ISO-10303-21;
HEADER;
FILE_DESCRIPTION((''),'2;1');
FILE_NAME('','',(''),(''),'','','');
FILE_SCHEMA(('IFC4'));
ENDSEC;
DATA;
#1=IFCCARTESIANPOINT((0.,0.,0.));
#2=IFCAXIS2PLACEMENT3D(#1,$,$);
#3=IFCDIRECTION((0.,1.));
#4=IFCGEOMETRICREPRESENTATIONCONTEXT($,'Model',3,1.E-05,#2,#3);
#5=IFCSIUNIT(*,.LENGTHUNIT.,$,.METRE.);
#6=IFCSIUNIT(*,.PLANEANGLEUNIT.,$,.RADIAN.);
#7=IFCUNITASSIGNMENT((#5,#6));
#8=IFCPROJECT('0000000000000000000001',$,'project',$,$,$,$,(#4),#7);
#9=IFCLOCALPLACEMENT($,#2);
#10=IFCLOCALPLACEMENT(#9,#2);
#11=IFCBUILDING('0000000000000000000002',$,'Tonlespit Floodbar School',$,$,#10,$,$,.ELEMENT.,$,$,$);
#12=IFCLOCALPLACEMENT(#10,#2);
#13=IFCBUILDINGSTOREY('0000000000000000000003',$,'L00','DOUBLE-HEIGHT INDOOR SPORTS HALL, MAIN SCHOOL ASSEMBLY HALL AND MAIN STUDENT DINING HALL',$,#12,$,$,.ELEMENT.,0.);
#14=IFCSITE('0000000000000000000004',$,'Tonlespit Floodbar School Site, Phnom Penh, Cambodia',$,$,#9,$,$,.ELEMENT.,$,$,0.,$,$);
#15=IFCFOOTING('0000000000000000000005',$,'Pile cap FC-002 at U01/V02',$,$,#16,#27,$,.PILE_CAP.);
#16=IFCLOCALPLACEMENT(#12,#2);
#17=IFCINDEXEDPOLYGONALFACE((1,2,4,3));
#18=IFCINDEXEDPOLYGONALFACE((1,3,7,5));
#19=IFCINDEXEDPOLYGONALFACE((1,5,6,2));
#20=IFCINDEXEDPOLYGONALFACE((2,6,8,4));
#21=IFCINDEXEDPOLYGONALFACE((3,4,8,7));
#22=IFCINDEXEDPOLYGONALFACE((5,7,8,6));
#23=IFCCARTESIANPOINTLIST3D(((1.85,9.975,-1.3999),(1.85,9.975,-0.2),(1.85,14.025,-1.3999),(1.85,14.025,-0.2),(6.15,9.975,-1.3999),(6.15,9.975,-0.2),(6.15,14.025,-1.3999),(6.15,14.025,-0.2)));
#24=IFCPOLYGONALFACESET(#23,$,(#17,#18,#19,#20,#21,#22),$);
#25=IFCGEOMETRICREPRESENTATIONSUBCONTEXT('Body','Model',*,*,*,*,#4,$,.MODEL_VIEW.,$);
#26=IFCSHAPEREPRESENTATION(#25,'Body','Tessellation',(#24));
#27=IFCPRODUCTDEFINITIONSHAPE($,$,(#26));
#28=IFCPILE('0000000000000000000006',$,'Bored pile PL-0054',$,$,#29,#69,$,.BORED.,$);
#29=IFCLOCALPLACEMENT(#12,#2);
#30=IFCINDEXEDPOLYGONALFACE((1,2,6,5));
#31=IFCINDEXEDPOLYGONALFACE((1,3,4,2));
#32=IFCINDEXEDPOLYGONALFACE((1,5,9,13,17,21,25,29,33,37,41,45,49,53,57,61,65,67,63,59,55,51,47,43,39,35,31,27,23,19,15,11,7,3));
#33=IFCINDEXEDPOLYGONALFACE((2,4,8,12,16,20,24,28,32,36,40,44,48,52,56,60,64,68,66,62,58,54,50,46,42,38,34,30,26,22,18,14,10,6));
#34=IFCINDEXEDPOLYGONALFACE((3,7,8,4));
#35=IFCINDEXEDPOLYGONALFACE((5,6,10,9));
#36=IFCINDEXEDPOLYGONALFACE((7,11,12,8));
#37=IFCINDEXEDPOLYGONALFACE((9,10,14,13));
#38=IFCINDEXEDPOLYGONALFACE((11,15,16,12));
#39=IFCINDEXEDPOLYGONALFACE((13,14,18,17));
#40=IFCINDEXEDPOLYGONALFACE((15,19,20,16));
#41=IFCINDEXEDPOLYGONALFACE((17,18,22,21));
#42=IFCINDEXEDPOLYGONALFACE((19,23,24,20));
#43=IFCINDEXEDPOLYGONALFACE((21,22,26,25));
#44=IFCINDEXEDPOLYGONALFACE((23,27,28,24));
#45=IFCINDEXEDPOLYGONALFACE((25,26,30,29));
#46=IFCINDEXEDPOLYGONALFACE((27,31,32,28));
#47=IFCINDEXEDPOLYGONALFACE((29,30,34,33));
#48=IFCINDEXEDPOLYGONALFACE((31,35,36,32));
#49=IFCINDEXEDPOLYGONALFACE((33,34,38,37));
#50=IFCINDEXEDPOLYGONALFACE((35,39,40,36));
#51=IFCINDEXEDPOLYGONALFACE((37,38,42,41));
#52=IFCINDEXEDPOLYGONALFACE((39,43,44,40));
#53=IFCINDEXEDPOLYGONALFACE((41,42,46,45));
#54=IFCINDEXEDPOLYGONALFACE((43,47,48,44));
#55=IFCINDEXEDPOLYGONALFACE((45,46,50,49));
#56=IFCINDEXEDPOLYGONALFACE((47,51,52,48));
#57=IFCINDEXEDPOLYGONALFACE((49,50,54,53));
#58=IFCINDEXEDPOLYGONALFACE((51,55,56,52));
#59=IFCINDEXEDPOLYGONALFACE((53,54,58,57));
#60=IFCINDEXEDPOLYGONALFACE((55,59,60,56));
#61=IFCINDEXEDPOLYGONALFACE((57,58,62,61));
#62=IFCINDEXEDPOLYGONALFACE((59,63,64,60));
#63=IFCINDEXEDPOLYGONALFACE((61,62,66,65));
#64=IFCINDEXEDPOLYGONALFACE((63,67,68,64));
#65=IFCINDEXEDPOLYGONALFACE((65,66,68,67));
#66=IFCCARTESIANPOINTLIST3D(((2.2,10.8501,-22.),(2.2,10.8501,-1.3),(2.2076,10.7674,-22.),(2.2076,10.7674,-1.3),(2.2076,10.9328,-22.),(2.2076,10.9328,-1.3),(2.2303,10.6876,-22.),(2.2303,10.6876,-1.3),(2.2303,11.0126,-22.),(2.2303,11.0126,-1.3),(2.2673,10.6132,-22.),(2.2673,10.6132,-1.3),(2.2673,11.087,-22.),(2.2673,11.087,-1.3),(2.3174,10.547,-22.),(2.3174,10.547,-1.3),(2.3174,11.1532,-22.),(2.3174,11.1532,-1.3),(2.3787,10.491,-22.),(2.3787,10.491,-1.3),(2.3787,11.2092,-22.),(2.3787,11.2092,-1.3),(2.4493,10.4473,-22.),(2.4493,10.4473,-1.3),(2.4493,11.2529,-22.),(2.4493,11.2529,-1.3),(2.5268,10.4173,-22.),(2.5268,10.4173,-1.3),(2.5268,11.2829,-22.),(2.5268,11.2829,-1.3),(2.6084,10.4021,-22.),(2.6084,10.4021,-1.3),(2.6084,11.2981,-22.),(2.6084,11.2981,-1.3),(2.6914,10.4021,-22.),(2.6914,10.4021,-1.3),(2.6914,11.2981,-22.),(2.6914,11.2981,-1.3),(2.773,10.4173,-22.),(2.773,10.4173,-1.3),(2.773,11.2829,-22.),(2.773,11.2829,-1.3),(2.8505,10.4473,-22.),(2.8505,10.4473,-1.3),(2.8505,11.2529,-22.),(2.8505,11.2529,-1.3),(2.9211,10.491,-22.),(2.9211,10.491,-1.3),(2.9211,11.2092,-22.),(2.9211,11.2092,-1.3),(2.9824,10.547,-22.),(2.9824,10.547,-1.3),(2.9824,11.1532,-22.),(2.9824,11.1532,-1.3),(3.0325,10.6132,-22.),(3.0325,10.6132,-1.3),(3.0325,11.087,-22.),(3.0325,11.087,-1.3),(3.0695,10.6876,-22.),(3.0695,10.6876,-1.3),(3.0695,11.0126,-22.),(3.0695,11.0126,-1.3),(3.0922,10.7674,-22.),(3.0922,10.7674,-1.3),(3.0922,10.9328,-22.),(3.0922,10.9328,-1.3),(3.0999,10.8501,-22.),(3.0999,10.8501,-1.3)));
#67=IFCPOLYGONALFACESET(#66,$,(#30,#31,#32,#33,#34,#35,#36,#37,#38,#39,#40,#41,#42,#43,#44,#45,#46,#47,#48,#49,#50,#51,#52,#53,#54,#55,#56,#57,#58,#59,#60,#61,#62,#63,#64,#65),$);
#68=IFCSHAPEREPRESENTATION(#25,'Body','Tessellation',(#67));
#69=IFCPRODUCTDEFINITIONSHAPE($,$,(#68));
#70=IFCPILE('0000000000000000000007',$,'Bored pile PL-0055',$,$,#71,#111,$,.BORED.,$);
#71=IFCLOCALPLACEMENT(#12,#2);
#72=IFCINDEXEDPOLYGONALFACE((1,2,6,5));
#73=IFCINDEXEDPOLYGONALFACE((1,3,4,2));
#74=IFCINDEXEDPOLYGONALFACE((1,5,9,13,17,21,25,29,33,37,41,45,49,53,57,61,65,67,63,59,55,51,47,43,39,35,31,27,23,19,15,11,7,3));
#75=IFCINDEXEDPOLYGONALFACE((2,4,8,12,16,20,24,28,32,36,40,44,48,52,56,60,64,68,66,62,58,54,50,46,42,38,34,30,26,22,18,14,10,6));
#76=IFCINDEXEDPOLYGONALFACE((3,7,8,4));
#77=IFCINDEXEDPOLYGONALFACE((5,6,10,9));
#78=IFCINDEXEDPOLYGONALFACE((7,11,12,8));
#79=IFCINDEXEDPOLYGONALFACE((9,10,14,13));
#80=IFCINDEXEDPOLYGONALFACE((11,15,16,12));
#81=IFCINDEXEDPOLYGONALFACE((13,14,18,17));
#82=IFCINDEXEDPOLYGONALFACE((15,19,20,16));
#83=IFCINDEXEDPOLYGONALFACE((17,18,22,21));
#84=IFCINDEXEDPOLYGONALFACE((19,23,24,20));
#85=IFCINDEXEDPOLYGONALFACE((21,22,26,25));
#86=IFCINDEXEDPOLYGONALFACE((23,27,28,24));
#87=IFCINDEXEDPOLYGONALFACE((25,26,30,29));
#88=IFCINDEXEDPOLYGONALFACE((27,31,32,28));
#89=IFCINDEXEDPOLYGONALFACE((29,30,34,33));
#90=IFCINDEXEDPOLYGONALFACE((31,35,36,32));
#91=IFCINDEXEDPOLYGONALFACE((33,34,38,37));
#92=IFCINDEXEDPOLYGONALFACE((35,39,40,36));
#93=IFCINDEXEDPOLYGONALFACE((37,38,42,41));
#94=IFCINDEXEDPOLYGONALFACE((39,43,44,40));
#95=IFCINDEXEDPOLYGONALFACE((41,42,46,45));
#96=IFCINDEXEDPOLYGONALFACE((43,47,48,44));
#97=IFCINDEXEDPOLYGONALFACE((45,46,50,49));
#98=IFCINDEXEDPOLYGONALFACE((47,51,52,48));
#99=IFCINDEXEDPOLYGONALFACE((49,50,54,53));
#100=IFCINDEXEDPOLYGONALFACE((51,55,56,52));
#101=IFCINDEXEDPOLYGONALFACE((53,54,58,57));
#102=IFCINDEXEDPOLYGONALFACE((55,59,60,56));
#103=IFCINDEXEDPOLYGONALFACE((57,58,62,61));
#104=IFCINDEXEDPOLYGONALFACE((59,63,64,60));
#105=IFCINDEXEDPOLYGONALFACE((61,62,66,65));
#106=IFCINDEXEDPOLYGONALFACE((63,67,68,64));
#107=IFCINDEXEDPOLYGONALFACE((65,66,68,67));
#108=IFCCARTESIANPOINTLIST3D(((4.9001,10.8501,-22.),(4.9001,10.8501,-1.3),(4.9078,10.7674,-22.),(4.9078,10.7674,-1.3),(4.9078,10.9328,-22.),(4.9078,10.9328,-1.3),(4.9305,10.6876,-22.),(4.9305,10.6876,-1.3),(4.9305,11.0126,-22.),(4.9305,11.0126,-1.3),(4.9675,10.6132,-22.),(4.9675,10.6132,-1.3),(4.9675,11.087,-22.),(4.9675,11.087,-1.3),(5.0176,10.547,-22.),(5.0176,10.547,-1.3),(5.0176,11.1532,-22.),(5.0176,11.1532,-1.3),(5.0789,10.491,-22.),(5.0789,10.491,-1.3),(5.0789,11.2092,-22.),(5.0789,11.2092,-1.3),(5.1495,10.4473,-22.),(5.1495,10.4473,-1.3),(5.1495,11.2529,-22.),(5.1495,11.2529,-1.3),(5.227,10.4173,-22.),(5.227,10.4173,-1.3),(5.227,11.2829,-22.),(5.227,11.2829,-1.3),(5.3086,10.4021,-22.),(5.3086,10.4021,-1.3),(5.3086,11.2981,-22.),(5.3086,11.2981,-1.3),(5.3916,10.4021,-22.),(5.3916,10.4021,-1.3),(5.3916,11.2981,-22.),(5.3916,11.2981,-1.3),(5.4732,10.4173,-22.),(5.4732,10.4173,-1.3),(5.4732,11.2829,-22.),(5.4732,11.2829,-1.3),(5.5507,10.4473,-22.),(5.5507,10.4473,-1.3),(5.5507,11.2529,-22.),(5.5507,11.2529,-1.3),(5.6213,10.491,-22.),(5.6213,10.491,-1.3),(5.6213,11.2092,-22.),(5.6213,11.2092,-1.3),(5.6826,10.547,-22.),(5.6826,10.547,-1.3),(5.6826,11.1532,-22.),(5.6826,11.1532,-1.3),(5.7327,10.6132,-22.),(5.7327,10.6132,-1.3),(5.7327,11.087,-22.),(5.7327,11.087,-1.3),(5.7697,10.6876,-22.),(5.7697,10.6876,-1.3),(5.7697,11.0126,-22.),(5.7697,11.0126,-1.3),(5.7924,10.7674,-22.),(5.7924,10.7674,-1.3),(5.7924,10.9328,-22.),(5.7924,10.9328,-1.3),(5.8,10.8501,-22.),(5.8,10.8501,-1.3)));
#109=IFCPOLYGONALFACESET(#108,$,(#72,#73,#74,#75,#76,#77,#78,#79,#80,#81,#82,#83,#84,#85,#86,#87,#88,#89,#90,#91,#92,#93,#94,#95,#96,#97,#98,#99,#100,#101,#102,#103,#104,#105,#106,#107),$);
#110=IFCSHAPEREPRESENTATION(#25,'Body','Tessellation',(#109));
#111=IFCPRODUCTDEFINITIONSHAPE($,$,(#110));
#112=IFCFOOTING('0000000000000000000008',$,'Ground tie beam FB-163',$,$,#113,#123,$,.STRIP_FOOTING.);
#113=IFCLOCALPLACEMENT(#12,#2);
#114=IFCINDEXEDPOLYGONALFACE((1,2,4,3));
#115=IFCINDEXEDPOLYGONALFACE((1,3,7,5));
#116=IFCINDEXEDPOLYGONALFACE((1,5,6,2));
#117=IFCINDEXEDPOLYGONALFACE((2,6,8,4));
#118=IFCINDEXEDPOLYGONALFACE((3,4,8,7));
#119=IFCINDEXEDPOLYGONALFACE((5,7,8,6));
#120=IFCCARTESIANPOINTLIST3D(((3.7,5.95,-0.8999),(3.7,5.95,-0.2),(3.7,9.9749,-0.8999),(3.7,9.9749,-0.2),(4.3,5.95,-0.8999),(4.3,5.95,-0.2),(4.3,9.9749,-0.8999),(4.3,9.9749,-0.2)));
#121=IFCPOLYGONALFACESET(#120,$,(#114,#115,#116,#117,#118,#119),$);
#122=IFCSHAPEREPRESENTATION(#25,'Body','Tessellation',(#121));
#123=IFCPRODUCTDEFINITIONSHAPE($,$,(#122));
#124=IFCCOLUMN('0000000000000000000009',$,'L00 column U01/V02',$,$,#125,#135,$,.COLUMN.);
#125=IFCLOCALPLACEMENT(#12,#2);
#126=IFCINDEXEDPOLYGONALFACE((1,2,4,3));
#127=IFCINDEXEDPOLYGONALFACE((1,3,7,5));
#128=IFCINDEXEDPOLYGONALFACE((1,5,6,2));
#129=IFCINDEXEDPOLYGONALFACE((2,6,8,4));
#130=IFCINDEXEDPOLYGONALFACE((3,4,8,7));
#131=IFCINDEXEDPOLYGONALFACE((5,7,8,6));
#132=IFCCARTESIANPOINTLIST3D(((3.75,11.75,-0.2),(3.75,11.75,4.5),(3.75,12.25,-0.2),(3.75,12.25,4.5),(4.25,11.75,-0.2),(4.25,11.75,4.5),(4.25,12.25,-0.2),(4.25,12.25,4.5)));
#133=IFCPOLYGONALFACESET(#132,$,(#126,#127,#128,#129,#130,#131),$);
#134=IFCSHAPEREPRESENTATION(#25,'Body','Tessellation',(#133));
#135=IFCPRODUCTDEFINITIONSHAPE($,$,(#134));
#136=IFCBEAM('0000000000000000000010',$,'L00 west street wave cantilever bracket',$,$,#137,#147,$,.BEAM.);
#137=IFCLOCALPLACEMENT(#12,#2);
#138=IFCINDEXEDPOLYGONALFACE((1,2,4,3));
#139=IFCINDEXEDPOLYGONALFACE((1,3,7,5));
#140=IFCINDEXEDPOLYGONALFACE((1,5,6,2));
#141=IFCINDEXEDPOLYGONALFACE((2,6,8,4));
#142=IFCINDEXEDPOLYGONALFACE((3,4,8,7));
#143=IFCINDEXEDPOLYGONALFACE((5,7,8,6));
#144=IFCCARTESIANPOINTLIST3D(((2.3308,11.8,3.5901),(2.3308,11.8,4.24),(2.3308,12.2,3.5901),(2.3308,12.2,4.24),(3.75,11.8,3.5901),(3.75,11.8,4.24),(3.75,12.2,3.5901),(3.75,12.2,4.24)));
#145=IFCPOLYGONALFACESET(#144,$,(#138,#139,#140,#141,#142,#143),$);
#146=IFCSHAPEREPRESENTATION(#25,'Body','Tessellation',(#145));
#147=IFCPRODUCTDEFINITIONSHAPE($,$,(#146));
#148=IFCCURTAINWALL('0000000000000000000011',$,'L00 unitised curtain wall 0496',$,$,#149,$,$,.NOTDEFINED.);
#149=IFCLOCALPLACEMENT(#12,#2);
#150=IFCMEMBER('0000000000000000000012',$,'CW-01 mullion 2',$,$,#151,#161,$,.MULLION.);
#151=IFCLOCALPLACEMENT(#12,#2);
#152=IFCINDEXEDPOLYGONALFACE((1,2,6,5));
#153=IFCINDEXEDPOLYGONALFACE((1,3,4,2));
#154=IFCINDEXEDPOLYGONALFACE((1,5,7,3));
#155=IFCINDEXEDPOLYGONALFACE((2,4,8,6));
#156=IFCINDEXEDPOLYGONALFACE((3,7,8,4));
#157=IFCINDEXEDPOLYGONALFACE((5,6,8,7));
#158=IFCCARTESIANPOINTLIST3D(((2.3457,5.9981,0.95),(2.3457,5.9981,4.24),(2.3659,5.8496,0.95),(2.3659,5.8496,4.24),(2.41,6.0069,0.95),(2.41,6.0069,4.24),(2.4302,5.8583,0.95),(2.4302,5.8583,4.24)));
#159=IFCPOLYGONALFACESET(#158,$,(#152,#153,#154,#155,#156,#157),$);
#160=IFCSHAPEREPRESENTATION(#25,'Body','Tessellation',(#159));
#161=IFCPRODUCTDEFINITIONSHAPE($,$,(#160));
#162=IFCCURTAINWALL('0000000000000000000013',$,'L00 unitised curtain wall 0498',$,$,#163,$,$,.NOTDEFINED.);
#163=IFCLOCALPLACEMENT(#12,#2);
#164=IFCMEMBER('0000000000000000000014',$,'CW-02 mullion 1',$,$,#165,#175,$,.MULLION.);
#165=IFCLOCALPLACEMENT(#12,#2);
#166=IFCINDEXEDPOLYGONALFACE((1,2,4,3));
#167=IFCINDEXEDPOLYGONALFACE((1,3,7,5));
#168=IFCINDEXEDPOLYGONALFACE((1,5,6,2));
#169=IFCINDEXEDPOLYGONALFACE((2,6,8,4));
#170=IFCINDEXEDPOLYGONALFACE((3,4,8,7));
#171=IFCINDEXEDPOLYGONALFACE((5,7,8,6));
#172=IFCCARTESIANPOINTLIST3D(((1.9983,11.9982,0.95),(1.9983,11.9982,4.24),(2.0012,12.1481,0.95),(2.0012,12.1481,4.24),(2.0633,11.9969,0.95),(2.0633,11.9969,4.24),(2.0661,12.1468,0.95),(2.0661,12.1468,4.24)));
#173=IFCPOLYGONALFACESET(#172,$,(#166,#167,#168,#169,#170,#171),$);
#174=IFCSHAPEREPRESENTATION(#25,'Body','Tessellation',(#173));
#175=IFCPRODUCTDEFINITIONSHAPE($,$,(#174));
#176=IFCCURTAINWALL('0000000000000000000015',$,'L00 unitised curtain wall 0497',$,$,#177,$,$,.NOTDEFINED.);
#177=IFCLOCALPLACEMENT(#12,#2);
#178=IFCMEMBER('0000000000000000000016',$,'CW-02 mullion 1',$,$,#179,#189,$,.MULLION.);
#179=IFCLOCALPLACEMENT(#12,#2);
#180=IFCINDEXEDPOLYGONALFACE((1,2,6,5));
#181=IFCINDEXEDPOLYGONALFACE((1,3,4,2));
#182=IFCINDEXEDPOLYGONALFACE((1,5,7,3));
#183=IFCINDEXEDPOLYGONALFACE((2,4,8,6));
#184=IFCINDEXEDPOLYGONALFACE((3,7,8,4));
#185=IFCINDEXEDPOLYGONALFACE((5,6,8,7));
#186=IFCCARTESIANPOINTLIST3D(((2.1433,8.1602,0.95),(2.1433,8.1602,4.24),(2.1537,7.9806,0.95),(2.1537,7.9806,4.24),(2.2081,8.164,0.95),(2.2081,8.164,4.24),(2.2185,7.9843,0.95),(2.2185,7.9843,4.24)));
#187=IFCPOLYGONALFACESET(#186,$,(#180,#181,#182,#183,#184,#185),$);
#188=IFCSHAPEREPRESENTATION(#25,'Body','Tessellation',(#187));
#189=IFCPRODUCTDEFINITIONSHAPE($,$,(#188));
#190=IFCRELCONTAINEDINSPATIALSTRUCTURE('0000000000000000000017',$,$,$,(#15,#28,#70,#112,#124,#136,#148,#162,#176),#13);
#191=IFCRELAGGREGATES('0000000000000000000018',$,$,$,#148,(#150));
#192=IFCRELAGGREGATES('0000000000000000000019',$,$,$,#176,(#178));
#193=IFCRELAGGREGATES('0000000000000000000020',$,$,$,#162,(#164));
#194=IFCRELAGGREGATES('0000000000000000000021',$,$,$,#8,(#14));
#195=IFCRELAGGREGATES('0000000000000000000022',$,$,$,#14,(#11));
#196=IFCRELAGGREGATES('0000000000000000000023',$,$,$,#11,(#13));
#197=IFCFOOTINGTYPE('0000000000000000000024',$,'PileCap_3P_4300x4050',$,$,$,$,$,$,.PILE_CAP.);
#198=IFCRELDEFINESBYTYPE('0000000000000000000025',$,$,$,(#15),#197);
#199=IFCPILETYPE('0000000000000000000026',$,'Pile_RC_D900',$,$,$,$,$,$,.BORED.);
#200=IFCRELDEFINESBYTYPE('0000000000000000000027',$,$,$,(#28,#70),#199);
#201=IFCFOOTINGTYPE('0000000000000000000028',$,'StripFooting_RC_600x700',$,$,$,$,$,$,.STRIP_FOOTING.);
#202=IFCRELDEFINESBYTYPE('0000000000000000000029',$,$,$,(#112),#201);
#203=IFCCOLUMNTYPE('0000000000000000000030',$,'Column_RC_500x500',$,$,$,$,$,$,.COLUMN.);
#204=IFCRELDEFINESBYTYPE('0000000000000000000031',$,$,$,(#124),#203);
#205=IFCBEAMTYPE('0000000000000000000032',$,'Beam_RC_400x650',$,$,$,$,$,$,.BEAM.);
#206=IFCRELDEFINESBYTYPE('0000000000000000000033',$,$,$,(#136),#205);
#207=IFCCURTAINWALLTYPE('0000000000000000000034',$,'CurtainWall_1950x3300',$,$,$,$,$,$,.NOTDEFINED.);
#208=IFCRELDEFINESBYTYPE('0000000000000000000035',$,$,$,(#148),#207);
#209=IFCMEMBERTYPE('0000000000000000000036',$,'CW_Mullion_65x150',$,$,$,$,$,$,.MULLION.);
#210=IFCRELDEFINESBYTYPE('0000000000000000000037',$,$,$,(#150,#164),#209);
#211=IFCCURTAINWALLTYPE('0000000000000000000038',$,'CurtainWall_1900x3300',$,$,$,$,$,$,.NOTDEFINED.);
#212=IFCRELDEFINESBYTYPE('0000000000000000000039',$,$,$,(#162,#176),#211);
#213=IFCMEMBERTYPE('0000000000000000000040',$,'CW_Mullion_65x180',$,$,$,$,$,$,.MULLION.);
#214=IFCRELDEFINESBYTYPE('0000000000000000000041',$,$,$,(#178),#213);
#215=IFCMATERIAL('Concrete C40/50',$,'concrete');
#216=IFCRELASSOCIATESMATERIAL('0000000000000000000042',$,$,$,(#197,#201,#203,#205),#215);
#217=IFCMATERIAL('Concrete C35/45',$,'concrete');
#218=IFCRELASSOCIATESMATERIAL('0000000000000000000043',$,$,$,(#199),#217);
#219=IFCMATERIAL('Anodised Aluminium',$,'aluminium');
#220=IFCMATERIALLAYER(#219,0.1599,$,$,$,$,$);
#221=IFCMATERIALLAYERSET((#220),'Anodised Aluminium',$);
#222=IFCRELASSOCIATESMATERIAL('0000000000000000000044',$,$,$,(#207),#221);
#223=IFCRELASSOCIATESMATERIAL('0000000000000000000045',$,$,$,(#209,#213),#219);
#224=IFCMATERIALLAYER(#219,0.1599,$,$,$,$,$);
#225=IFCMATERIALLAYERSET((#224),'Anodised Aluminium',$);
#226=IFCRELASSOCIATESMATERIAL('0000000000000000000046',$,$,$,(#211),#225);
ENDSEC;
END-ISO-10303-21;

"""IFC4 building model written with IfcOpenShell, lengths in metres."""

from ifc_helpers import new_model, si_unit, direction, frame, origin, origin_2d, place, context, subcontext, project, spatial, rectangle, circle, extrude, material, layer, layer_set, material_profile, profile_set, type_object, element, aggregate, save


model = new_model("IFC4")

# Units and contexts
model_context = context("Model", 3, precision=1e-05, world=origin(), true_north=direction((0.0, 1.0)))
body_context = subcontext(model_context, "Body", "Model", "MODEL_VIEW")
ifc_project = project(units=[si_unit("LENGTHUNIT", "METRE"), si_unit("PLANEANGLEUNIT", "RADIAN")], contexts=[model_context])

# Site, building, storey
site_placement = place(None, origin())
site = spatial("IfcSite", under=ifc_project, at=site_placement, Name="Tonlespit Floodbar School Site, Phnom Penh, Cambodia", CompositionType="ELEMENT", RefElevation=0.0)
building_placement = place(site_placement, origin())
building = spatial("IfcBuilding", under=site, at=building_placement, Name="Tonlespit Floodbar School", CompositionType="ELEMENT")
storey_placement = place(building_placement, origin())
storey = spatial("IfcBuildingStorey", under=building, at=storey_placement, Name="L00", Description="DOUBLE-HEIGHT INDOOR SPORTS HALL, MAIN SCHOOL ASSEMBLY HALL AND MAIN STUDENT DINING HALL", CompositionType="ELEMENT", Elevation=0.0)

# Footing
ifc_material_1 = material(Name="Concrete C40/50", Category="concrete")
footing_type_1 = type_object("IfcFootingType", Name="PileCap_3P_4300x4050", PredefinedType="PILE_CAP", material=ifc_material_1)
footing_1_placement = place(storey_placement, frame((4.0, 12.0, -1.3999), z_axis=(0.0, 0.0, 1.0), x_axis=(1.0, 0.0, 0.0)))
element("IfcFooting", 1, at=footing_1_placement, inside=storey, type_object=footing_type_1, Name="Pile cap FC-002 at U01/V02", PredefinedType="PILE_CAP", context=body_context, shape_type="SweptSolid", body=[
    extrude(rectangle(XDim=4.3, YDim=4.05, at=origin_2d()), origin(), (0.0, 0.0, 1.0), 1.2),
])

# Piles
ifc_material_2 = material(Name="Concrete C35/45", Category="concrete")
ifc_material_profile_1 = material_profile(ifc_material_2, circle(Radius=0.45, at=origin_2d()), Name="BP D900")
ifc_profile_set_1 = profile_set([ifc_material_profile_1], Name="Concrete C35/45")
pile_type = type_object("IfcPileType", Name="Pile_RC_D900", PredefinedType="BORED", material=ifc_profile_set_1)
for number, where, z_axis, x_axis, name in (
    (2, (2.6499, 10.8501, -1.3), (0.0, 0.0, -1.0), (1.0, 0.0, 0.0), "Bored pile PL-0054"),
    (3, (5.3501, 10.8501, -1.3), (0.0, 0.0, -1.0), (1.0, 0.0, 0.0), "Bored pile PL-0055"),
):
    element("IfcPile", number, at=place(storey_placement, frame(where, z_axis=z_axis, x_axis=x_axis)), inside=storey, type_object=pile_type, Name=name, PredefinedType="BORED", context=body_context, shape_type="SweptSolid", body=[
        extrude(circle(Radius=0.45, at=origin_2d()), origin(), (0.0, 0.0, 1.0), 20.7),
    ])

# Footing
footing_type_2 = type_object("IfcFootingType", Name="StripFooting_RC_600x700", PredefinedType="STRIP_FOOTING", material=ifc_material_1)
footing_2_placement = place(storey_placement, frame((4.0, 7.9624, -0.8999), z_axis=(0.0, 0.0, 1.0), x_axis=(0.0, 1.0, 0.0)))
element("IfcFooting", 4, at=footing_2_placement, inside=storey, type_object=footing_type_2, Name="Ground tie beam FB-163", PredefinedType="STRIP_FOOTING", context=body_context, shape_type="SweptSolid", body=[
    extrude(rectangle(XDim=4.0249, YDim=0.6001, at=origin_2d()), origin(), (0.0, 0.0, 1.0), 0.7),
])

# Column
ifc_material_profile_2 = material_profile(ifc_material_1, rectangle(XDim=0.5, YDim=0.5, at=origin_2d()), Name="RC 500x500")
ifc_profile_set_2 = profile_set([ifc_material_profile_2], Name="Concrete C40/50")
column_type = type_object("IfcColumnType", Name="Column_RC_500x500", PredefinedType="COLUMN", material=ifc_profile_set_2)
column_placement = place(storey_placement, frame((4.0, 12.0, -0.2), z_axis=(0.0, 0.0, 1.0), x_axis=(1.0, 0.0, 0.0)))
element("IfcColumn", 5, at=column_placement, inside=storey, type_object=column_type, Name="L00 column U01/V02", PredefinedType="COLUMN", context=body_context, shape_type="SweptSolid", body=[
    extrude(rectangle(XDim=0.5, YDim=0.5, at=origin_2d()), origin(), (0.0, 0.0, 1.0), 4.7),
])

# Beam
ifc_material_profile_3 = material_profile(ifc_material_1, rectangle(XDim=0.3999, YDim=0.6499, at=origin_2d()), Name="RC 400x650")
ifc_profile_set_3 = profile_set([ifc_material_profile_3], Name="Concrete C40/50")
beam_type_1 = type_object("IfcBeamType", Name="Beam_RC_400x650", PredefinedType="BEAM", material=ifc_profile_set_3)
beam_1_placement = place(storey_placement, frame((3.75, 12.0, 3.915), z_axis=(-1.0, 0.0, 0.0), x_axis=(0.0, -1.0, 0.0)))
element("IfcBeam", 6, at=beam_1_placement, inside=storey, type_object=beam_type_1, Name="L00 west street wave cantilever bracket", PredefinedType="BEAM", context=body_context, shape_type="SweptSolid", body=[
    extrude(rectangle(XDim=0.3999, YDim=0.6499, at=origin_2d()), origin(), (0.0, 0.0, 1.0), 1.4192),
])

# Curtain walls, members
ifc_material_3 = material(Name="Anodised Aluminium", Category="aluminium")
ifc_layer_1 = layer(ifc_material_3, 0.1599)
ifc_layer_set_1 = layer_set([ifc_layer_1], Name="Anodised Aluminium")
curtain_wall_type_1 = type_object("IfcCurtainWallType", Name="CurtainWall_1950x3300", PredefinedType="NOTDEFINED", material=ifc_layer_set_1)
curtain_wall_1_placement = place(storey_placement, origin())
curtain_wall_1 = element("IfcCurtainWall", 7, at=curtain_wall_1_placement, inside=storey, type_object=curtain_wall_type_1, Name="L00 unitised curtain wall 0496", PredefinedType="NOTDEFINED")
ifc_material_profile_4 = material_profile(ifc_material_3, rectangle(XDim=0.0649, YDim=0.1499, at=origin_2d()), Name="ALU M65x150")
ifc_profile_set_4 = profile_set([ifc_material_profile_4], Name="Anodised Aluminium")
member_type_1 = type_object("IfcMemberType", Name="CW_Mullion_65x150", PredefinedType="MULLION", material=ifc_profile_set_4)
member_1_placement = place(storey_placement, frame((2.3879, 5.9282, 0.95), z_axis=(0.0, 0.0, 1.0), x_axis=(-0.990894, -0.134644, 0.0)))
member_1 = element("IfcMember", 8, at=member_1_placement, type_object=member_type_1, Name="CW-01 mullion 2", PredefinedType="MULLION", context=body_context, shape_type="SweptSolid", body=[
    extrude(rectangle(XDim=0.0649, YDim=0.1499, at=origin_2d()), origin(), (0.0, 0.0, 1.0), 3.29),
])
aggregate(curtain_wall_1, [member_1])
ifc_layer_2 = layer(ifc_material_3, 0.1599)
ifc_layer_set_2 = layer_set([ifc_layer_2], Name="Anodised Aluminium")
curtain_wall_type_2 = type_object("IfcCurtainWallType", Name="CurtainWall_1900x3300", PredefinedType="NOTDEFINED", material=ifc_layer_set_2)
curtain_wall_2_placement = place(storey_placement, origin())
curtain_wall_2 = element("IfcCurtainWall", 9, at=curtain_wall_2_placement, inside=storey, type_object=curtain_wall_type_2, Name="L00 unitised curtain wall 0498", PredefinedType="NOTDEFINED")
member_2_placement = place(storey_placement, frame((2.0322, 12.0725, 0.95), z_axis=(0.0, 0.0, 1.0), x_axis=(-0.999815, 0.019215, 0.0)))
member_2 = element("IfcMember", 10, at=member_2_placement, type_object=member_type_1, Name="CW-02 mullion 1", PredefinedType="MULLION", context=body_context, shape_type="SweptSolid", body=[
    extrude(rectangle(XDim=0.0649, YDim=0.1499, at=origin_2d()), origin(), (0.0, 0.0, 1.0), 3.29),
])

# Curtain wall, member
curtain_wall_3_placement = place(storey_placement, origin())
curtain_wall_3 = element("IfcCurtainWall", 11, at=curtain_wall_3_placement, inside=storey, type_object=curtain_wall_type_2, Name="L00 unitised curtain wall 0497", PredefinedType="NOTDEFINED")
ifc_material_profile_5 = material_profile(ifc_material_3, rectangle(XDim=0.0649, YDim=0.1799, at=origin_2d()), Name="ALU M65x180")
ifc_profile_set_5 = profile_set([ifc_material_profile_5], Name="Anodised Aluminium")
member_type_2 = type_object("IfcMemberType", Name="CW_Mullion_65x180", PredefinedType="MULLION", material=ifc_profile_set_5)
member_3_placement = place(storey_placement, frame((2.1809, 8.0723, 0.95), z_axis=(0.0, 0.0, 1.0), x_axis=(-0.998333, -0.05771, 0.0)))
member_3 = element("IfcMember", 12, at=member_3_placement, type_object=member_type_2, Name="CW-02 mullion 1", PredefinedType="MULLION", context=body_context, shape_type="SweptSolid", body=[
    extrude(rectangle(XDim=0.0649, YDim=0.1799, at=origin_2d()), origin(), (0.0, 0.0, 1.0), 3.29),
])

aggregate(curtain_wall_3, [member_3])
aggregate(curtain_wall_2, [member_2])

save(model, "model.ifc")
